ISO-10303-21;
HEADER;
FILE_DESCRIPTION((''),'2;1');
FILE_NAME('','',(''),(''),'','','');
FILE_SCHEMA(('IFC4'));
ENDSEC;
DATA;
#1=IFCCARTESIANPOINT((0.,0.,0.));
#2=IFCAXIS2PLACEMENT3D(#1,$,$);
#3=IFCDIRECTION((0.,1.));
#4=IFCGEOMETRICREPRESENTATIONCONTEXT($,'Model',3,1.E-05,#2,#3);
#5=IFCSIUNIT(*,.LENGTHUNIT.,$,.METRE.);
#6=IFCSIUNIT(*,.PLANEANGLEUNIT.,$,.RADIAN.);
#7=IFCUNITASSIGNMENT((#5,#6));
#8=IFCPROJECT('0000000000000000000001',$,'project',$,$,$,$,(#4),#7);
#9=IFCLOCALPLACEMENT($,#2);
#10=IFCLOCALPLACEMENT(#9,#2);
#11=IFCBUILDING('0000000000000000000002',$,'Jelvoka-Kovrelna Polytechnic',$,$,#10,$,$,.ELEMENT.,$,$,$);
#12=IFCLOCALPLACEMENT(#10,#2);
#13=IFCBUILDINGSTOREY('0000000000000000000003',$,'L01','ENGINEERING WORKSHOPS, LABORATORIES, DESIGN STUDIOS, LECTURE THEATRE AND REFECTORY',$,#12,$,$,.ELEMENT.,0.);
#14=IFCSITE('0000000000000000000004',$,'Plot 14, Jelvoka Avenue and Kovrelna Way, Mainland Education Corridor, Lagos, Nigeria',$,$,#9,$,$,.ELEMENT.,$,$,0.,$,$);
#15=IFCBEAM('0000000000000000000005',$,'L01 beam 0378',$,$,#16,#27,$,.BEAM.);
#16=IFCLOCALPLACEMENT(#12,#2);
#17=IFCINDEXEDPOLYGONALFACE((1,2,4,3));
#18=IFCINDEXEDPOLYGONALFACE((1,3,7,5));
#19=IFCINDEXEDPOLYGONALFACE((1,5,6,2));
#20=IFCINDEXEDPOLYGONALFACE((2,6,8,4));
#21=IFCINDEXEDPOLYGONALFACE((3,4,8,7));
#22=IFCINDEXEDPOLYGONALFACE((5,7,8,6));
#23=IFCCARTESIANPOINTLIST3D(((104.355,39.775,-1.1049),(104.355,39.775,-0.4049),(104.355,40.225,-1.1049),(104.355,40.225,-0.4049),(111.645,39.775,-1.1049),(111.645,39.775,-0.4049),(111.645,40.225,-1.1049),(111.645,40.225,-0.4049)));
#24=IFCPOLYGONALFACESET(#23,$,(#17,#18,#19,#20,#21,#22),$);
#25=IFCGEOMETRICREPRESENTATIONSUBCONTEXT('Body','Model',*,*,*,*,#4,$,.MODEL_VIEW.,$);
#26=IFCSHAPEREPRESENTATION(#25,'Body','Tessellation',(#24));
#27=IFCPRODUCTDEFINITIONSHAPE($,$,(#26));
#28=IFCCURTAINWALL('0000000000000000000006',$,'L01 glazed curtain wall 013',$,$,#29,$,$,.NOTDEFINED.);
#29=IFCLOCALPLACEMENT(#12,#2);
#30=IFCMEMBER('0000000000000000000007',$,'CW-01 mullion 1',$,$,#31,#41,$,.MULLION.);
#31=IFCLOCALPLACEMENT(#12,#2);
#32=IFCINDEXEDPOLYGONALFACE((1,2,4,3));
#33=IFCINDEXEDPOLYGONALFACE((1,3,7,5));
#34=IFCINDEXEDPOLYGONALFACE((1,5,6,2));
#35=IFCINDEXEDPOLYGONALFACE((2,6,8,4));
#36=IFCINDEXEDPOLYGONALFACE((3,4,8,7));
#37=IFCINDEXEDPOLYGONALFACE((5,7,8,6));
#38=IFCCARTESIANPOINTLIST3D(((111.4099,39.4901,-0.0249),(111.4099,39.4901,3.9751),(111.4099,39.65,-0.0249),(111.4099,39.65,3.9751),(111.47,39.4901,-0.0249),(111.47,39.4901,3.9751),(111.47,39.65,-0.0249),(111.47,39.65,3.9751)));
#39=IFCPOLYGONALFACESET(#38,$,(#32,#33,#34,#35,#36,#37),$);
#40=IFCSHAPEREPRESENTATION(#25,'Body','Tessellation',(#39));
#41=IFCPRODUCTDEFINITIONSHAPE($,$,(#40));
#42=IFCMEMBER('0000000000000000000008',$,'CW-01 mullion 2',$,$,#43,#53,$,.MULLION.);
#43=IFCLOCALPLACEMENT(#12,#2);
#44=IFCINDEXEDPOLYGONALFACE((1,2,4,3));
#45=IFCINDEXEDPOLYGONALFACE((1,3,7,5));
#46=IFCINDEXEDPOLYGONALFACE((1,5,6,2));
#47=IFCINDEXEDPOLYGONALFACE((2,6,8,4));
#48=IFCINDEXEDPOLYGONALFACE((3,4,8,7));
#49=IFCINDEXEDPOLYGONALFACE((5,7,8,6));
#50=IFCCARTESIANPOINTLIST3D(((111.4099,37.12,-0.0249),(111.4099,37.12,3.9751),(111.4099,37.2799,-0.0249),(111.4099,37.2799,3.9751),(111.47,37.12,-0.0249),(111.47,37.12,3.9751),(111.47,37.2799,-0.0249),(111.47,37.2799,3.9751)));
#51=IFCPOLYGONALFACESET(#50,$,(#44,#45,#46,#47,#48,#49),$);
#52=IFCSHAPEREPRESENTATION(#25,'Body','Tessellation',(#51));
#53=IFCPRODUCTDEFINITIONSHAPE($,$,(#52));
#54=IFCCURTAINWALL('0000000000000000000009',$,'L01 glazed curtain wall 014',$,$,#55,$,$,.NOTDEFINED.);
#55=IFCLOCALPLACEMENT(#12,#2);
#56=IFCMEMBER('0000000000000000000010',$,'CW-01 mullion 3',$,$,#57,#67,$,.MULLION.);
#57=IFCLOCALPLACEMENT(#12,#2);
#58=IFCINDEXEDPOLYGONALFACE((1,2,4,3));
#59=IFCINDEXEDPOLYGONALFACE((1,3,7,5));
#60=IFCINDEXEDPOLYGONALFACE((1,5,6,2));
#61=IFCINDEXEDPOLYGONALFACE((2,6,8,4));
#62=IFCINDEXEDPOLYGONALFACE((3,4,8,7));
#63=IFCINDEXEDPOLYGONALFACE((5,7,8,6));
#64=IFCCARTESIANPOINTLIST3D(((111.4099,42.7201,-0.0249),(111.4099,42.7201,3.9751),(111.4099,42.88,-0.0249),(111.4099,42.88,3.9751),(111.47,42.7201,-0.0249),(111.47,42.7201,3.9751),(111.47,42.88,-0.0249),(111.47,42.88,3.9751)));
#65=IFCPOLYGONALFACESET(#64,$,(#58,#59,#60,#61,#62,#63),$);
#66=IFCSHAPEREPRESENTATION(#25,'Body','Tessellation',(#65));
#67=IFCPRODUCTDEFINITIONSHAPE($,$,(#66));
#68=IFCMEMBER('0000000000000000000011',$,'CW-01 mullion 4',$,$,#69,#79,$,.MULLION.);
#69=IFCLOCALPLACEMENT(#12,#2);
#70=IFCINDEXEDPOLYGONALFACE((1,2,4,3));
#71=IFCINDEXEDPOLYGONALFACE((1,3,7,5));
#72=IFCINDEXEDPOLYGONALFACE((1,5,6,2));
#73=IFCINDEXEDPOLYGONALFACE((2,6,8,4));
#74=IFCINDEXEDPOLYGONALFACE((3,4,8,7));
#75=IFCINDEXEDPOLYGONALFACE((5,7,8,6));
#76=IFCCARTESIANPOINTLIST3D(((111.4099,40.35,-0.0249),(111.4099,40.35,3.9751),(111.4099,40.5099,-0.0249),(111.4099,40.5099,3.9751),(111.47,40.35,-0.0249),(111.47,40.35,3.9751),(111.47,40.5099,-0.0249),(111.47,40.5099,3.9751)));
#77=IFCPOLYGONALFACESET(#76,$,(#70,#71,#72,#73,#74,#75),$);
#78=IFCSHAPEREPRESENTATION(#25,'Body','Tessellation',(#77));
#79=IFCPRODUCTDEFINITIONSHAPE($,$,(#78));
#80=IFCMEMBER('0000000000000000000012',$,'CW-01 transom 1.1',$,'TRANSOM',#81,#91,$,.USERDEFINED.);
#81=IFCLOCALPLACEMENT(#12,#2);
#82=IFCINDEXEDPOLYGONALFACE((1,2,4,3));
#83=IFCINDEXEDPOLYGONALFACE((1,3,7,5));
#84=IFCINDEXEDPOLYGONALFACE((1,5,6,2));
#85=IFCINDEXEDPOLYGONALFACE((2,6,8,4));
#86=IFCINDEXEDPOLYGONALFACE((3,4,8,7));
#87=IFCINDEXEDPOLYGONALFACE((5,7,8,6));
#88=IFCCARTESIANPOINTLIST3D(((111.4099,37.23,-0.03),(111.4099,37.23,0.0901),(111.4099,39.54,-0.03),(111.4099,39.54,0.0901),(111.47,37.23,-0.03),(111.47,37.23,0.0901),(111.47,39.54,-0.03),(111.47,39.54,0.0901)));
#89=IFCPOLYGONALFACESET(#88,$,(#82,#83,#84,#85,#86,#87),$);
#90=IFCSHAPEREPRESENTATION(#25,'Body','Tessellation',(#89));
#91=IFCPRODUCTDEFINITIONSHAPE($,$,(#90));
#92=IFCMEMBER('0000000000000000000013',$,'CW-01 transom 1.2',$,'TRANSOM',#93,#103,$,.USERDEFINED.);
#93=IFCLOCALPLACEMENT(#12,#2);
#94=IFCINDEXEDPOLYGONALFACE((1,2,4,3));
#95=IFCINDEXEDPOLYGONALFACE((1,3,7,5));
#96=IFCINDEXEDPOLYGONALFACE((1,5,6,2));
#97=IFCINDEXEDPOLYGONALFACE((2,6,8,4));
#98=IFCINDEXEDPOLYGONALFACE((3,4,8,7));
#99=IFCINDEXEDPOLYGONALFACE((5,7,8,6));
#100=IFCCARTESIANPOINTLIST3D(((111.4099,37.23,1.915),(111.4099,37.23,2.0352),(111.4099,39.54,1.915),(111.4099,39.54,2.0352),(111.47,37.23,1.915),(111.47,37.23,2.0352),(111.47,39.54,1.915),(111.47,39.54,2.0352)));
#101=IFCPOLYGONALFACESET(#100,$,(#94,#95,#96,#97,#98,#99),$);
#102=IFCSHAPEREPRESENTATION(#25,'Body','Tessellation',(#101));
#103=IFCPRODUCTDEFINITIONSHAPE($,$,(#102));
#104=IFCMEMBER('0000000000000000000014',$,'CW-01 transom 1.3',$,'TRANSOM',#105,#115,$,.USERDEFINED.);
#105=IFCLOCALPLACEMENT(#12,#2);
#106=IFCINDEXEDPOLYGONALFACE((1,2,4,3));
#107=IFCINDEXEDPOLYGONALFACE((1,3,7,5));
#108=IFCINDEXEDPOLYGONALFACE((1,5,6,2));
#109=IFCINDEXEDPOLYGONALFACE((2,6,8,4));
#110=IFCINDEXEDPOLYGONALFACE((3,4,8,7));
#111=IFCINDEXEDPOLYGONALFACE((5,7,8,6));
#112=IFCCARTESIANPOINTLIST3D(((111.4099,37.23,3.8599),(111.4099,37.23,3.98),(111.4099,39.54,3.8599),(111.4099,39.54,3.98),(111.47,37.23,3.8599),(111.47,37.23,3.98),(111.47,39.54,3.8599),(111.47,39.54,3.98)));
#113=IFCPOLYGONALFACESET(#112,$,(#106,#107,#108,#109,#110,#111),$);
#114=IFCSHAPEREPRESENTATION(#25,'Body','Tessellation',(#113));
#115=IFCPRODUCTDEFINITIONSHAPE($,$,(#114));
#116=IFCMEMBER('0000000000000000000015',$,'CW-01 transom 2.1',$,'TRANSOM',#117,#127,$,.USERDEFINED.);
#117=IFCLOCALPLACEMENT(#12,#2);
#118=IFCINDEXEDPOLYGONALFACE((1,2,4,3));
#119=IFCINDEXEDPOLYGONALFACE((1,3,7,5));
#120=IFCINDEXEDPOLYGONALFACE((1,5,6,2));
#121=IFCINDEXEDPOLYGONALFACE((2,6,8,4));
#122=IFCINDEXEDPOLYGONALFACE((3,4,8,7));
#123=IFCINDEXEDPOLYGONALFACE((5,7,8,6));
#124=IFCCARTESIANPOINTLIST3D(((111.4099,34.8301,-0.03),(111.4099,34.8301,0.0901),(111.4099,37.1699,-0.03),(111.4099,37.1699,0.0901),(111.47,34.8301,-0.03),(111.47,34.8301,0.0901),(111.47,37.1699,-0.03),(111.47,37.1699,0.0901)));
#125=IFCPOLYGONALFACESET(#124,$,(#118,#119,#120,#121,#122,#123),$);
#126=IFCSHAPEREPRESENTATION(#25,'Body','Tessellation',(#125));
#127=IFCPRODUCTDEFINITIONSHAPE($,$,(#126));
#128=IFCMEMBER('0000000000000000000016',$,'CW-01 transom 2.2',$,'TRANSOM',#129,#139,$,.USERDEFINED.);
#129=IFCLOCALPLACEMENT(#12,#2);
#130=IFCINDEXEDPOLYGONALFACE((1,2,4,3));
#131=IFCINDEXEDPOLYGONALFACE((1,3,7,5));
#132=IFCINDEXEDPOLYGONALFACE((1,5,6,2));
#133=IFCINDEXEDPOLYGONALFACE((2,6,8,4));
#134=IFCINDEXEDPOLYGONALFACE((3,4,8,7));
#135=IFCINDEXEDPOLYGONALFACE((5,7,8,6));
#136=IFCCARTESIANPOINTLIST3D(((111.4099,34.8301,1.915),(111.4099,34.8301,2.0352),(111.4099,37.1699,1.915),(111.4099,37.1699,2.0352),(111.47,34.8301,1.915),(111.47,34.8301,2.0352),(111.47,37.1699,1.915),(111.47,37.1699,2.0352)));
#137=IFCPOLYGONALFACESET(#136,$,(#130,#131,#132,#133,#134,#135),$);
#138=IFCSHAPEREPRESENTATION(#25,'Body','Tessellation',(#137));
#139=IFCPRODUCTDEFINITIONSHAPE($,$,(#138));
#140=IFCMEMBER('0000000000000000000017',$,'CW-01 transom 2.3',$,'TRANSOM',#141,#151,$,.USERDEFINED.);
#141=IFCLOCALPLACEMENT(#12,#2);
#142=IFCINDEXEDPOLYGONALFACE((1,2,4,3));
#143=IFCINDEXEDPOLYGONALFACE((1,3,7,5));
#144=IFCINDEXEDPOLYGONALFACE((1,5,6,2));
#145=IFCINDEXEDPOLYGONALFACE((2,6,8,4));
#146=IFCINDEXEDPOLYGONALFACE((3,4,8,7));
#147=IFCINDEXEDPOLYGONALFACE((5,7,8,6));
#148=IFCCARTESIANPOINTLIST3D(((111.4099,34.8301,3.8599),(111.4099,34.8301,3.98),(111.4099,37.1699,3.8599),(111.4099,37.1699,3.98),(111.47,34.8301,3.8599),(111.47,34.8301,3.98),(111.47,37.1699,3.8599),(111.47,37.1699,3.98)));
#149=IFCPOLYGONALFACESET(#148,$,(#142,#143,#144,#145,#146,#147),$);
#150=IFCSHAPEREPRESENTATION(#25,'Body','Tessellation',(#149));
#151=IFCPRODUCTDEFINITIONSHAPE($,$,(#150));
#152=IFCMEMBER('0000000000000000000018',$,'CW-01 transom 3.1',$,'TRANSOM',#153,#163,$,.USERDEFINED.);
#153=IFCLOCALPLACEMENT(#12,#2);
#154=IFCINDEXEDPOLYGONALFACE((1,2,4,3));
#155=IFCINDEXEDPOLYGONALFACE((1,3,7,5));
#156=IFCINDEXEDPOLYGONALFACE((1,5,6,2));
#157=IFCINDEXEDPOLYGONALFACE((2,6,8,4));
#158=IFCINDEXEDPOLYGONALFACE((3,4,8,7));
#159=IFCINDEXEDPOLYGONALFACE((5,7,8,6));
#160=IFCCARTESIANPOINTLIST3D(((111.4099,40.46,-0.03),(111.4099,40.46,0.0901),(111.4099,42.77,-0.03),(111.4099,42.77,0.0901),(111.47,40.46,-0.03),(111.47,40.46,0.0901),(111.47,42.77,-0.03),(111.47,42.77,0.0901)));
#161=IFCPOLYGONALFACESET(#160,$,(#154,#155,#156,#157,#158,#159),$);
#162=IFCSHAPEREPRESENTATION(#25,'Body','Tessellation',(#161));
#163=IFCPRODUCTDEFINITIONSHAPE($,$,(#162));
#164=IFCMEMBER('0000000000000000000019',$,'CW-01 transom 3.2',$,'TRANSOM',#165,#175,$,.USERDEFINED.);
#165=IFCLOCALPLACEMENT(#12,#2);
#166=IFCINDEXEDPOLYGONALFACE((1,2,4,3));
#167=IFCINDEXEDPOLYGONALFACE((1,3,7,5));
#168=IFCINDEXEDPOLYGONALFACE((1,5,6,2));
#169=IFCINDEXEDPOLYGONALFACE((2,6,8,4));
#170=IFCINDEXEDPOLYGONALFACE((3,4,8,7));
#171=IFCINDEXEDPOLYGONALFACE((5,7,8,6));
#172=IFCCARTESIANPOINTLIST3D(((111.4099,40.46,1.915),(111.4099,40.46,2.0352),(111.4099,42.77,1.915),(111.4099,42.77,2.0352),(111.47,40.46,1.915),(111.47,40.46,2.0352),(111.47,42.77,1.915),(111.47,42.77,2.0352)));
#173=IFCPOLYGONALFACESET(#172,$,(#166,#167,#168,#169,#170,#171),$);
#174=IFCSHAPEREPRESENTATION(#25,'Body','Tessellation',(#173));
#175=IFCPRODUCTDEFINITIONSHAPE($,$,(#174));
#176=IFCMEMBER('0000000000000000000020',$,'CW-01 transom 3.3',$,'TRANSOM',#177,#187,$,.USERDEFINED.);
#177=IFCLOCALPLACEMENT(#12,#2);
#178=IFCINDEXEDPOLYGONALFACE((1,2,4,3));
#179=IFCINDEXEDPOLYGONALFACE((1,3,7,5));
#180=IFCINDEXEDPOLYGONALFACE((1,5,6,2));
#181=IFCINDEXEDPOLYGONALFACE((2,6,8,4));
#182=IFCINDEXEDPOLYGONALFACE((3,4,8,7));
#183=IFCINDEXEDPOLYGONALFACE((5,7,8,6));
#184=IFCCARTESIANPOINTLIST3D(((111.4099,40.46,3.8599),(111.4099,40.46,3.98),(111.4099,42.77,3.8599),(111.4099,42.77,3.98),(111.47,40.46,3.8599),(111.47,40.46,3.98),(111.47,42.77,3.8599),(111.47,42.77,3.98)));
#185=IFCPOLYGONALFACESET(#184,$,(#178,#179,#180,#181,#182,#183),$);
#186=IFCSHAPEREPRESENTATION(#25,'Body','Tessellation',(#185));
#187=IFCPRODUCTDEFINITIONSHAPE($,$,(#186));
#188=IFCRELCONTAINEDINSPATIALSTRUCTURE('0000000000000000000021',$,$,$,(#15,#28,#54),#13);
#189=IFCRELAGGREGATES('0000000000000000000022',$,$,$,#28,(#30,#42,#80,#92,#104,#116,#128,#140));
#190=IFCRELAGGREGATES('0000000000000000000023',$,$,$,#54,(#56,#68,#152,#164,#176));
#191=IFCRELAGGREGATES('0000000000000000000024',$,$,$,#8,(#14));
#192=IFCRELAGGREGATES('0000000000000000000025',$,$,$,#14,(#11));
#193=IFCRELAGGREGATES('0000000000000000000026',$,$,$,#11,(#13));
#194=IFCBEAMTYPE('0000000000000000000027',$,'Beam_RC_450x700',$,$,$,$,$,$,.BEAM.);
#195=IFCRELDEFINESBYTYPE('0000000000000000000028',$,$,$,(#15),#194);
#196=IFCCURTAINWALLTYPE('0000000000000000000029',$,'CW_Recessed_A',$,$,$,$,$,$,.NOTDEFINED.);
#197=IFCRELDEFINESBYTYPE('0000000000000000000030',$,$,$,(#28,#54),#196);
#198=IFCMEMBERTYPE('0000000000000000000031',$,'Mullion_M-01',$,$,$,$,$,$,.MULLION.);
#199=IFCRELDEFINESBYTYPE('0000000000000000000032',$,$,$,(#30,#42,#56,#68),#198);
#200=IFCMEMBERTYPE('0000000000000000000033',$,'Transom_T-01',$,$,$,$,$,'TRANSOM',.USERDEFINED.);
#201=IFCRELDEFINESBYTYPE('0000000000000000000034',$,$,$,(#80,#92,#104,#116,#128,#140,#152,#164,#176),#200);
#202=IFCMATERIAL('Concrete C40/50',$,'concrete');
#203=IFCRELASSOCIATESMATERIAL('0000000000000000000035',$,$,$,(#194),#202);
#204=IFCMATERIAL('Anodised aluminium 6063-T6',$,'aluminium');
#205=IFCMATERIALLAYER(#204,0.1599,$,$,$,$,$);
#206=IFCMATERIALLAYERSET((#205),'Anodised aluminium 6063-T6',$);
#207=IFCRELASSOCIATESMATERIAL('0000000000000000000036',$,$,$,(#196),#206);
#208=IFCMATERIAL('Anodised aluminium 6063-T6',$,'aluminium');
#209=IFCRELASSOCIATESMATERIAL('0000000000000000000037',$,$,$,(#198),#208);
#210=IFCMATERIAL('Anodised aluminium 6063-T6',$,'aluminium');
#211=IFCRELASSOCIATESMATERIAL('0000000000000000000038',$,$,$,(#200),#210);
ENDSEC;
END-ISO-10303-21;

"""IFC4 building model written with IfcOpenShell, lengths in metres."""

from ifc_helpers import new_model, si_unit, direction, frame, origin, origin_2d, place, context, subcontext, project, spatial, rectangle, extrude, material, layer, layer_set, material_profile, profile_set, type_object, element, aggregate, save


model = new_model("IFC4")

# Units and contexts
model_context = context("Model", 3, precision=1e-05, world=origin(), true_north=direction((0.0, 1.0)))
body_context = subcontext(model_context, "Body", "Model", "MODEL_VIEW")
ifc_project = project(units=[si_unit("LENGTHUNIT", "METRE"), si_unit("PLANEANGLEUNIT", "RADIAN")], contexts=[model_context])

# Site, building, storey
site_placement = place(None, origin())
site = spatial("IfcSite", under=ifc_project, at=site_placement, Name="Plot 14, Jelvoka Avenue and Kovrelna Way, Mainland Education Corridor, Lagos, Nigeria", CompositionType="ELEMENT", RefElevation=0.0)
building_placement = place(site_placement, origin())
building = spatial("IfcBuilding", under=site, at=building_placement, Name="Jelvoka-Kovrelna Polytechnic", CompositionType="ELEMENT")
storey_placement = place(building_placement, origin())
storey = spatial("IfcBuildingStorey", under=building, at=storey_placement, Name="L01", Description="ENGINEERING WORKSHOPS, LABORATORIES, DESIGN STUDIOS, LECTURE THEATRE AND REFECTORY", CompositionType="ELEMENT", Elevation=0.0)

# Beam
ifc_material_1 = material(Name="Concrete C40/50", Category="concrete")
ifc_material_profile_1 = material_profile(ifc_material_1, rectangle(XDim=0.45, YDim=0.7, at=origin_2d()), Name="RC 450x700")
ifc_profile_set_1 = profile_set([ifc_material_profile_1], Name="Concrete C40/50")
beam_type = type_object("IfcBeamType", Name="Beam_RC_450x700", PredefinedType="BEAM", material=ifc_profile_set_1)
beam_placement = place(storey_placement, frame((104.355, 40.0, -0.7549), z_axis=(1.0, 0.0, 0.0), x_axis=(0.0, 1.0, 0.0)))
element("IfcBeam", 1, at=beam_placement, inside=storey, type_object=beam_type, Name="L01 beam 0378", PredefinedType="BEAM", context=body_context, shape_type="SweptSolid", body=[
    extrude(rectangle(XDim=0.45, YDim=0.7, at=origin_2d()), origin(), (0.0, 0.0, 1.0), 7.29),
])

# Curtain walls, members
ifc_material_2 = material(Name="Anodised aluminium 6063-T6", Category="aluminium")
ifc_layer_1 = layer(ifc_material_2, 0.1599)
ifc_layer_set_1 = layer_set([ifc_layer_1], Name="Anodised aluminium 6063-T6")
curtain_wall_type = type_object("IfcCurtainWallType", Name="CW_Recessed_A", PredefinedType="NOTDEFINED", material=ifc_layer_set_1)
curtain_wall_1_placement = place(storey_placement, origin())
curtain_wall_1 = element("IfcCurtainWall", 2, at=curtain_wall_1_placement, inside=storey, type_object=curtain_wall_type, Name="L01 glazed curtain wall 013", PredefinedType="NOTDEFINED")
ifc_material_3 = material(Name="Anodised aluminium 6063-T6", Category="aluminium")
ifc_material_profile_2 = material_profile(ifc_material_3, rectangle(XDim=0.0601, YDim=0.1599, at=origin_2d()), Name="ALU 60x160")
ifc_profile_set_2 = profile_set([ifc_material_profile_2], Name="Anodised aluminium 6063-T6")
member_type_1 = type_object("IfcMemberType", Name="Mullion_M-01", PredefinedType="MULLION", material=ifc_profile_set_2)
member_1_placement = place(storey_placement, frame((111.4399, 39.5701, -0.0249), z_axis=(0.0, 0.0, 1.0), x_axis=(1.0, 0.0, 0.0)))
member_1 = element("IfcMember", 3, at=member_1_placement, type_object=member_type_1, Name="CW-01 mullion 1", PredefinedType="MULLION", context=body_context, shape_type="SweptSolid", body=[
    extrude(rectangle(XDim=0.0601, YDim=0.1599, at=origin_2d()), origin(), (0.0, 0.0, 1.0), 4.0),
])
member_2_placement = place(storey_placement, frame((111.4399, 37.2, -0.0249), z_axis=(0.0, 0.0, 1.0), x_axis=(1.0, 0.0, 0.0)))
member_2 = element("IfcMember", 4, at=member_2_placement, type_object=member_type_1, Name="CW-01 mullion 2", PredefinedType="MULLION", context=body_context, shape_type="SweptSolid", body=[
    extrude(rectangle(XDim=0.0601, YDim=0.1599, at=origin_2d()), origin(), (0.0, 0.0, 1.0), 4.0),
])
curtain_wall_2_placement = place(storey_placement, origin())
curtain_wall_2 = element("IfcCurtainWall", 5, at=curtain_wall_2_placement, inside=storey, type_object=curtain_wall_type, Name="L01 glazed curtain wall 014", PredefinedType="NOTDEFINED")
member_3_placement = place(storey_placement, frame((111.4399, 42.8, -0.0249), z_axis=(0.0, 0.0, 1.0), x_axis=(1.0, 0.0, 0.0)))
member_3 = element("IfcMember", 6, at=member_3_placement, type_object=member_type_1, Name="CW-01 mullion 3", PredefinedType="MULLION", context=body_context, shape_type="SweptSolid", body=[
    extrude(rectangle(XDim=0.0601, YDim=0.1599, at=origin_2d()), origin(), (0.0, 0.0, 1.0), 4.0),
])
member_4_placement = place(storey_placement, frame((111.4399, 40.4299, -0.0249), z_axis=(0.0, 0.0, 1.0), x_axis=(1.0, 0.0, 0.0)))
member_4 = element("IfcMember", 7, at=member_4_placement, type_object=member_type_1, Name="CW-01 mullion 4", PredefinedType="MULLION", context=body_context, shape_type="SweptSolid", body=[
    extrude(rectangle(XDim=0.0601, YDim=0.1599, at=origin_2d()), origin(), (0.0, 0.0, 1.0), 4.0),
])

# Members
ifc_material_4 = material(Name="Anodised aluminium 6063-T6", Category="aluminium")
ifc_material_profile_3 = material_profile(ifc_material_4, rectangle(XDim=0.0601, YDim=0.1201, at=origin_2d()), Name="ALU 60x120")
ifc_profile_set_3 = profile_set([ifc_material_profile_3], Name="Anodised aluminium 6063-T6")
member_type_2 = type_object("IfcMemberType", Name="Transom_T-01", ElementType="TRANSOM", PredefinedType="USERDEFINED", material=ifc_profile_set_3)
member_5_placement = place(storey_placement, frame((111.4399, 39.54, 0.03), z_axis=(0.0, -1.0, 0.0), x_axis=(1.0, 0.0, 0.0)))
member_5 = element("IfcMember", 8, at=member_5_placement, type_object=member_type_2, Name="CW-01 transom 1.1", ObjectType="TRANSOM", PredefinedType="USERDEFINED", context=body_context, shape_type="SweptSolid", body=[
    extrude(rectangle(XDim=0.0601, YDim=0.1201, at=origin_2d()), origin(), (0.0, 0.0, 1.0), 2.3101),
])
member_6_placement = place(storey_placement, frame((111.4399, 39.54, 1.9751), z_axis=(0.0, -1.0, 0.0), x_axis=(1.0, 0.0, 0.0)))
member_6 = element("IfcMember", 9, at=member_6_placement, type_object=member_type_2, Name="CW-01 transom 1.2", ObjectType="TRANSOM", PredefinedType="USERDEFINED", context=body_context, shape_type="SweptSolid", body=[
    extrude(rectangle(XDim=0.0601, YDim=0.1201, at=origin_2d()), origin(), (0.0, 0.0, 1.0), 2.3101),
])
member_7_placement = place(storey_placement, frame((111.4399, 39.54, 3.9199), z_axis=(0.0, -1.0, 0.0), x_axis=(1.0, 0.0, 0.0)))
member_7 = element("IfcMember", 10, at=member_7_placement, type_object=member_type_2, Name="CW-01 transom 1.3", ObjectType="TRANSOM", PredefinedType="USERDEFINED", context=body_context, shape_type="SweptSolid", body=[
    extrude(rectangle(XDim=0.0601, YDim=0.1201, at=origin_2d()), origin(), (0.0, 0.0, 1.0), 2.3101),
])
member_8_placement = place(storey_placement, frame((111.4399, 37.1699, 0.03), z_axis=(0.0, -1.0, 0.0), x_axis=(1.0, 0.0, 0.0)))
member_8 = element("IfcMember", 11, at=member_8_placement, type_object=member_type_2, Name="CW-01 transom 2.1", ObjectType="TRANSOM", PredefinedType="USERDEFINED", context=body_context, shape_type="SweptSolid", body=[
    extrude(rectangle(XDim=0.0601, YDim=0.1201, at=origin_2d()), origin(), (0.0, 0.0, 1.0), 2.3398),
])
member_9_placement = place(storey_placement, frame((111.4399, 37.1699, 1.9751), z_axis=(0.0, -1.0, 0.0), x_axis=(1.0, 0.0, 0.0)))
member_9 = element("IfcMember", 12, at=member_9_placement, type_object=member_type_2, Name="CW-01 transom 2.2", ObjectType="TRANSOM", PredefinedType="USERDEFINED", context=body_context, shape_type="SweptSolid", body=[
    extrude(rectangle(XDim=0.0601, YDim=0.1201, at=origin_2d()), origin(), (0.0, 0.0, 1.0), 2.3398),
])
member_10_placement = place(storey_placement, frame((111.4399, 37.1699, 3.9199), z_axis=(0.0, -1.0, 0.0), x_axis=(1.0, 0.0, 0.0)))
member_10 = element("IfcMember", 13, at=member_10_placement, type_object=member_type_2, Name="CW-01 transom 2.3", ObjectType="TRANSOM", PredefinedType="USERDEFINED", context=body_context, shape_type="SweptSolid", body=[
    extrude(rectangle(XDim=0.0601, YDim=0.1201, at=origin_2d()), origin(), (0.0, 0.0, 1.0), 2.3398),
])
member_11_placement = place(storey_placement, frame((111.4399, 42.77, 0.03), z_axis=(0.0, -1.0, 0.0), x_axis=(1.0, 0.0, 0.0)))
member_11 = element("IfcMember", 14, at=member_11_placement, type_object=member_type_2, Name="CW-01 transom 3.1", ObjectType="TRANSOM", PredefinedType="USERDEFINED", context=body_context, shape_type="SweptSolid", body=[
    extrude(rectangle(XDim=0.0601, YDim=0.1201, at=origin_2d()), origin(), (0.0, 0.0, 1.0), 2.3101),
])
member_12_placement = place(storey_placement, frame((111.4399, 42.77, 1.9751), z_axis=(0.0, -1.0, 0.0), x_axis=(1.0, 0.0, 0.0)))
member_12 = element("IfcMember", 15, at=member_12_placement, type_object=member_type_2, Name="CW-01 transom 3.2", ObjectType="TRANSOM", PredefinedType="USERDEFINED", context=body_context, shape_type="SweptSolid", body=[
    extrude(rectangle(XDim=0.0601, YDim=0.1201, at=origin_2d()), origin(), (0.0, 0.0, 1.0), 2.3101),
])
member_13_placement = place(storey_placement, frame((111.4399, 42.77, 3.9199), z_axis=(0.0, -1.0, 0.0), x_axis=(1.0, 0.0, 0.0)))
member_13 = element("IfcMember", 16, at=member_13_placement, type_object=member_type_2, Name="CW-01 transom 3.3", ObjectType="TRANSOM", PredefinedType="USERDEFINED", context=body_context, shape_type="SweptSolid", body=[
    extrude(rectangle(XDim=0.0601, YDim=0.1201, at=origin_2d()), origin(), (0.0, 0.0, 1.0), 2.3101),
])

aggregate(curtain_wall_1, [member_1, member_2, member_5, member_6, member_7, member_8, member_9, member_10])
aggregate(curtain_wall_2, [member_3, member_4, member_11, member_12, member_13])

save(model, "model.ifc")
